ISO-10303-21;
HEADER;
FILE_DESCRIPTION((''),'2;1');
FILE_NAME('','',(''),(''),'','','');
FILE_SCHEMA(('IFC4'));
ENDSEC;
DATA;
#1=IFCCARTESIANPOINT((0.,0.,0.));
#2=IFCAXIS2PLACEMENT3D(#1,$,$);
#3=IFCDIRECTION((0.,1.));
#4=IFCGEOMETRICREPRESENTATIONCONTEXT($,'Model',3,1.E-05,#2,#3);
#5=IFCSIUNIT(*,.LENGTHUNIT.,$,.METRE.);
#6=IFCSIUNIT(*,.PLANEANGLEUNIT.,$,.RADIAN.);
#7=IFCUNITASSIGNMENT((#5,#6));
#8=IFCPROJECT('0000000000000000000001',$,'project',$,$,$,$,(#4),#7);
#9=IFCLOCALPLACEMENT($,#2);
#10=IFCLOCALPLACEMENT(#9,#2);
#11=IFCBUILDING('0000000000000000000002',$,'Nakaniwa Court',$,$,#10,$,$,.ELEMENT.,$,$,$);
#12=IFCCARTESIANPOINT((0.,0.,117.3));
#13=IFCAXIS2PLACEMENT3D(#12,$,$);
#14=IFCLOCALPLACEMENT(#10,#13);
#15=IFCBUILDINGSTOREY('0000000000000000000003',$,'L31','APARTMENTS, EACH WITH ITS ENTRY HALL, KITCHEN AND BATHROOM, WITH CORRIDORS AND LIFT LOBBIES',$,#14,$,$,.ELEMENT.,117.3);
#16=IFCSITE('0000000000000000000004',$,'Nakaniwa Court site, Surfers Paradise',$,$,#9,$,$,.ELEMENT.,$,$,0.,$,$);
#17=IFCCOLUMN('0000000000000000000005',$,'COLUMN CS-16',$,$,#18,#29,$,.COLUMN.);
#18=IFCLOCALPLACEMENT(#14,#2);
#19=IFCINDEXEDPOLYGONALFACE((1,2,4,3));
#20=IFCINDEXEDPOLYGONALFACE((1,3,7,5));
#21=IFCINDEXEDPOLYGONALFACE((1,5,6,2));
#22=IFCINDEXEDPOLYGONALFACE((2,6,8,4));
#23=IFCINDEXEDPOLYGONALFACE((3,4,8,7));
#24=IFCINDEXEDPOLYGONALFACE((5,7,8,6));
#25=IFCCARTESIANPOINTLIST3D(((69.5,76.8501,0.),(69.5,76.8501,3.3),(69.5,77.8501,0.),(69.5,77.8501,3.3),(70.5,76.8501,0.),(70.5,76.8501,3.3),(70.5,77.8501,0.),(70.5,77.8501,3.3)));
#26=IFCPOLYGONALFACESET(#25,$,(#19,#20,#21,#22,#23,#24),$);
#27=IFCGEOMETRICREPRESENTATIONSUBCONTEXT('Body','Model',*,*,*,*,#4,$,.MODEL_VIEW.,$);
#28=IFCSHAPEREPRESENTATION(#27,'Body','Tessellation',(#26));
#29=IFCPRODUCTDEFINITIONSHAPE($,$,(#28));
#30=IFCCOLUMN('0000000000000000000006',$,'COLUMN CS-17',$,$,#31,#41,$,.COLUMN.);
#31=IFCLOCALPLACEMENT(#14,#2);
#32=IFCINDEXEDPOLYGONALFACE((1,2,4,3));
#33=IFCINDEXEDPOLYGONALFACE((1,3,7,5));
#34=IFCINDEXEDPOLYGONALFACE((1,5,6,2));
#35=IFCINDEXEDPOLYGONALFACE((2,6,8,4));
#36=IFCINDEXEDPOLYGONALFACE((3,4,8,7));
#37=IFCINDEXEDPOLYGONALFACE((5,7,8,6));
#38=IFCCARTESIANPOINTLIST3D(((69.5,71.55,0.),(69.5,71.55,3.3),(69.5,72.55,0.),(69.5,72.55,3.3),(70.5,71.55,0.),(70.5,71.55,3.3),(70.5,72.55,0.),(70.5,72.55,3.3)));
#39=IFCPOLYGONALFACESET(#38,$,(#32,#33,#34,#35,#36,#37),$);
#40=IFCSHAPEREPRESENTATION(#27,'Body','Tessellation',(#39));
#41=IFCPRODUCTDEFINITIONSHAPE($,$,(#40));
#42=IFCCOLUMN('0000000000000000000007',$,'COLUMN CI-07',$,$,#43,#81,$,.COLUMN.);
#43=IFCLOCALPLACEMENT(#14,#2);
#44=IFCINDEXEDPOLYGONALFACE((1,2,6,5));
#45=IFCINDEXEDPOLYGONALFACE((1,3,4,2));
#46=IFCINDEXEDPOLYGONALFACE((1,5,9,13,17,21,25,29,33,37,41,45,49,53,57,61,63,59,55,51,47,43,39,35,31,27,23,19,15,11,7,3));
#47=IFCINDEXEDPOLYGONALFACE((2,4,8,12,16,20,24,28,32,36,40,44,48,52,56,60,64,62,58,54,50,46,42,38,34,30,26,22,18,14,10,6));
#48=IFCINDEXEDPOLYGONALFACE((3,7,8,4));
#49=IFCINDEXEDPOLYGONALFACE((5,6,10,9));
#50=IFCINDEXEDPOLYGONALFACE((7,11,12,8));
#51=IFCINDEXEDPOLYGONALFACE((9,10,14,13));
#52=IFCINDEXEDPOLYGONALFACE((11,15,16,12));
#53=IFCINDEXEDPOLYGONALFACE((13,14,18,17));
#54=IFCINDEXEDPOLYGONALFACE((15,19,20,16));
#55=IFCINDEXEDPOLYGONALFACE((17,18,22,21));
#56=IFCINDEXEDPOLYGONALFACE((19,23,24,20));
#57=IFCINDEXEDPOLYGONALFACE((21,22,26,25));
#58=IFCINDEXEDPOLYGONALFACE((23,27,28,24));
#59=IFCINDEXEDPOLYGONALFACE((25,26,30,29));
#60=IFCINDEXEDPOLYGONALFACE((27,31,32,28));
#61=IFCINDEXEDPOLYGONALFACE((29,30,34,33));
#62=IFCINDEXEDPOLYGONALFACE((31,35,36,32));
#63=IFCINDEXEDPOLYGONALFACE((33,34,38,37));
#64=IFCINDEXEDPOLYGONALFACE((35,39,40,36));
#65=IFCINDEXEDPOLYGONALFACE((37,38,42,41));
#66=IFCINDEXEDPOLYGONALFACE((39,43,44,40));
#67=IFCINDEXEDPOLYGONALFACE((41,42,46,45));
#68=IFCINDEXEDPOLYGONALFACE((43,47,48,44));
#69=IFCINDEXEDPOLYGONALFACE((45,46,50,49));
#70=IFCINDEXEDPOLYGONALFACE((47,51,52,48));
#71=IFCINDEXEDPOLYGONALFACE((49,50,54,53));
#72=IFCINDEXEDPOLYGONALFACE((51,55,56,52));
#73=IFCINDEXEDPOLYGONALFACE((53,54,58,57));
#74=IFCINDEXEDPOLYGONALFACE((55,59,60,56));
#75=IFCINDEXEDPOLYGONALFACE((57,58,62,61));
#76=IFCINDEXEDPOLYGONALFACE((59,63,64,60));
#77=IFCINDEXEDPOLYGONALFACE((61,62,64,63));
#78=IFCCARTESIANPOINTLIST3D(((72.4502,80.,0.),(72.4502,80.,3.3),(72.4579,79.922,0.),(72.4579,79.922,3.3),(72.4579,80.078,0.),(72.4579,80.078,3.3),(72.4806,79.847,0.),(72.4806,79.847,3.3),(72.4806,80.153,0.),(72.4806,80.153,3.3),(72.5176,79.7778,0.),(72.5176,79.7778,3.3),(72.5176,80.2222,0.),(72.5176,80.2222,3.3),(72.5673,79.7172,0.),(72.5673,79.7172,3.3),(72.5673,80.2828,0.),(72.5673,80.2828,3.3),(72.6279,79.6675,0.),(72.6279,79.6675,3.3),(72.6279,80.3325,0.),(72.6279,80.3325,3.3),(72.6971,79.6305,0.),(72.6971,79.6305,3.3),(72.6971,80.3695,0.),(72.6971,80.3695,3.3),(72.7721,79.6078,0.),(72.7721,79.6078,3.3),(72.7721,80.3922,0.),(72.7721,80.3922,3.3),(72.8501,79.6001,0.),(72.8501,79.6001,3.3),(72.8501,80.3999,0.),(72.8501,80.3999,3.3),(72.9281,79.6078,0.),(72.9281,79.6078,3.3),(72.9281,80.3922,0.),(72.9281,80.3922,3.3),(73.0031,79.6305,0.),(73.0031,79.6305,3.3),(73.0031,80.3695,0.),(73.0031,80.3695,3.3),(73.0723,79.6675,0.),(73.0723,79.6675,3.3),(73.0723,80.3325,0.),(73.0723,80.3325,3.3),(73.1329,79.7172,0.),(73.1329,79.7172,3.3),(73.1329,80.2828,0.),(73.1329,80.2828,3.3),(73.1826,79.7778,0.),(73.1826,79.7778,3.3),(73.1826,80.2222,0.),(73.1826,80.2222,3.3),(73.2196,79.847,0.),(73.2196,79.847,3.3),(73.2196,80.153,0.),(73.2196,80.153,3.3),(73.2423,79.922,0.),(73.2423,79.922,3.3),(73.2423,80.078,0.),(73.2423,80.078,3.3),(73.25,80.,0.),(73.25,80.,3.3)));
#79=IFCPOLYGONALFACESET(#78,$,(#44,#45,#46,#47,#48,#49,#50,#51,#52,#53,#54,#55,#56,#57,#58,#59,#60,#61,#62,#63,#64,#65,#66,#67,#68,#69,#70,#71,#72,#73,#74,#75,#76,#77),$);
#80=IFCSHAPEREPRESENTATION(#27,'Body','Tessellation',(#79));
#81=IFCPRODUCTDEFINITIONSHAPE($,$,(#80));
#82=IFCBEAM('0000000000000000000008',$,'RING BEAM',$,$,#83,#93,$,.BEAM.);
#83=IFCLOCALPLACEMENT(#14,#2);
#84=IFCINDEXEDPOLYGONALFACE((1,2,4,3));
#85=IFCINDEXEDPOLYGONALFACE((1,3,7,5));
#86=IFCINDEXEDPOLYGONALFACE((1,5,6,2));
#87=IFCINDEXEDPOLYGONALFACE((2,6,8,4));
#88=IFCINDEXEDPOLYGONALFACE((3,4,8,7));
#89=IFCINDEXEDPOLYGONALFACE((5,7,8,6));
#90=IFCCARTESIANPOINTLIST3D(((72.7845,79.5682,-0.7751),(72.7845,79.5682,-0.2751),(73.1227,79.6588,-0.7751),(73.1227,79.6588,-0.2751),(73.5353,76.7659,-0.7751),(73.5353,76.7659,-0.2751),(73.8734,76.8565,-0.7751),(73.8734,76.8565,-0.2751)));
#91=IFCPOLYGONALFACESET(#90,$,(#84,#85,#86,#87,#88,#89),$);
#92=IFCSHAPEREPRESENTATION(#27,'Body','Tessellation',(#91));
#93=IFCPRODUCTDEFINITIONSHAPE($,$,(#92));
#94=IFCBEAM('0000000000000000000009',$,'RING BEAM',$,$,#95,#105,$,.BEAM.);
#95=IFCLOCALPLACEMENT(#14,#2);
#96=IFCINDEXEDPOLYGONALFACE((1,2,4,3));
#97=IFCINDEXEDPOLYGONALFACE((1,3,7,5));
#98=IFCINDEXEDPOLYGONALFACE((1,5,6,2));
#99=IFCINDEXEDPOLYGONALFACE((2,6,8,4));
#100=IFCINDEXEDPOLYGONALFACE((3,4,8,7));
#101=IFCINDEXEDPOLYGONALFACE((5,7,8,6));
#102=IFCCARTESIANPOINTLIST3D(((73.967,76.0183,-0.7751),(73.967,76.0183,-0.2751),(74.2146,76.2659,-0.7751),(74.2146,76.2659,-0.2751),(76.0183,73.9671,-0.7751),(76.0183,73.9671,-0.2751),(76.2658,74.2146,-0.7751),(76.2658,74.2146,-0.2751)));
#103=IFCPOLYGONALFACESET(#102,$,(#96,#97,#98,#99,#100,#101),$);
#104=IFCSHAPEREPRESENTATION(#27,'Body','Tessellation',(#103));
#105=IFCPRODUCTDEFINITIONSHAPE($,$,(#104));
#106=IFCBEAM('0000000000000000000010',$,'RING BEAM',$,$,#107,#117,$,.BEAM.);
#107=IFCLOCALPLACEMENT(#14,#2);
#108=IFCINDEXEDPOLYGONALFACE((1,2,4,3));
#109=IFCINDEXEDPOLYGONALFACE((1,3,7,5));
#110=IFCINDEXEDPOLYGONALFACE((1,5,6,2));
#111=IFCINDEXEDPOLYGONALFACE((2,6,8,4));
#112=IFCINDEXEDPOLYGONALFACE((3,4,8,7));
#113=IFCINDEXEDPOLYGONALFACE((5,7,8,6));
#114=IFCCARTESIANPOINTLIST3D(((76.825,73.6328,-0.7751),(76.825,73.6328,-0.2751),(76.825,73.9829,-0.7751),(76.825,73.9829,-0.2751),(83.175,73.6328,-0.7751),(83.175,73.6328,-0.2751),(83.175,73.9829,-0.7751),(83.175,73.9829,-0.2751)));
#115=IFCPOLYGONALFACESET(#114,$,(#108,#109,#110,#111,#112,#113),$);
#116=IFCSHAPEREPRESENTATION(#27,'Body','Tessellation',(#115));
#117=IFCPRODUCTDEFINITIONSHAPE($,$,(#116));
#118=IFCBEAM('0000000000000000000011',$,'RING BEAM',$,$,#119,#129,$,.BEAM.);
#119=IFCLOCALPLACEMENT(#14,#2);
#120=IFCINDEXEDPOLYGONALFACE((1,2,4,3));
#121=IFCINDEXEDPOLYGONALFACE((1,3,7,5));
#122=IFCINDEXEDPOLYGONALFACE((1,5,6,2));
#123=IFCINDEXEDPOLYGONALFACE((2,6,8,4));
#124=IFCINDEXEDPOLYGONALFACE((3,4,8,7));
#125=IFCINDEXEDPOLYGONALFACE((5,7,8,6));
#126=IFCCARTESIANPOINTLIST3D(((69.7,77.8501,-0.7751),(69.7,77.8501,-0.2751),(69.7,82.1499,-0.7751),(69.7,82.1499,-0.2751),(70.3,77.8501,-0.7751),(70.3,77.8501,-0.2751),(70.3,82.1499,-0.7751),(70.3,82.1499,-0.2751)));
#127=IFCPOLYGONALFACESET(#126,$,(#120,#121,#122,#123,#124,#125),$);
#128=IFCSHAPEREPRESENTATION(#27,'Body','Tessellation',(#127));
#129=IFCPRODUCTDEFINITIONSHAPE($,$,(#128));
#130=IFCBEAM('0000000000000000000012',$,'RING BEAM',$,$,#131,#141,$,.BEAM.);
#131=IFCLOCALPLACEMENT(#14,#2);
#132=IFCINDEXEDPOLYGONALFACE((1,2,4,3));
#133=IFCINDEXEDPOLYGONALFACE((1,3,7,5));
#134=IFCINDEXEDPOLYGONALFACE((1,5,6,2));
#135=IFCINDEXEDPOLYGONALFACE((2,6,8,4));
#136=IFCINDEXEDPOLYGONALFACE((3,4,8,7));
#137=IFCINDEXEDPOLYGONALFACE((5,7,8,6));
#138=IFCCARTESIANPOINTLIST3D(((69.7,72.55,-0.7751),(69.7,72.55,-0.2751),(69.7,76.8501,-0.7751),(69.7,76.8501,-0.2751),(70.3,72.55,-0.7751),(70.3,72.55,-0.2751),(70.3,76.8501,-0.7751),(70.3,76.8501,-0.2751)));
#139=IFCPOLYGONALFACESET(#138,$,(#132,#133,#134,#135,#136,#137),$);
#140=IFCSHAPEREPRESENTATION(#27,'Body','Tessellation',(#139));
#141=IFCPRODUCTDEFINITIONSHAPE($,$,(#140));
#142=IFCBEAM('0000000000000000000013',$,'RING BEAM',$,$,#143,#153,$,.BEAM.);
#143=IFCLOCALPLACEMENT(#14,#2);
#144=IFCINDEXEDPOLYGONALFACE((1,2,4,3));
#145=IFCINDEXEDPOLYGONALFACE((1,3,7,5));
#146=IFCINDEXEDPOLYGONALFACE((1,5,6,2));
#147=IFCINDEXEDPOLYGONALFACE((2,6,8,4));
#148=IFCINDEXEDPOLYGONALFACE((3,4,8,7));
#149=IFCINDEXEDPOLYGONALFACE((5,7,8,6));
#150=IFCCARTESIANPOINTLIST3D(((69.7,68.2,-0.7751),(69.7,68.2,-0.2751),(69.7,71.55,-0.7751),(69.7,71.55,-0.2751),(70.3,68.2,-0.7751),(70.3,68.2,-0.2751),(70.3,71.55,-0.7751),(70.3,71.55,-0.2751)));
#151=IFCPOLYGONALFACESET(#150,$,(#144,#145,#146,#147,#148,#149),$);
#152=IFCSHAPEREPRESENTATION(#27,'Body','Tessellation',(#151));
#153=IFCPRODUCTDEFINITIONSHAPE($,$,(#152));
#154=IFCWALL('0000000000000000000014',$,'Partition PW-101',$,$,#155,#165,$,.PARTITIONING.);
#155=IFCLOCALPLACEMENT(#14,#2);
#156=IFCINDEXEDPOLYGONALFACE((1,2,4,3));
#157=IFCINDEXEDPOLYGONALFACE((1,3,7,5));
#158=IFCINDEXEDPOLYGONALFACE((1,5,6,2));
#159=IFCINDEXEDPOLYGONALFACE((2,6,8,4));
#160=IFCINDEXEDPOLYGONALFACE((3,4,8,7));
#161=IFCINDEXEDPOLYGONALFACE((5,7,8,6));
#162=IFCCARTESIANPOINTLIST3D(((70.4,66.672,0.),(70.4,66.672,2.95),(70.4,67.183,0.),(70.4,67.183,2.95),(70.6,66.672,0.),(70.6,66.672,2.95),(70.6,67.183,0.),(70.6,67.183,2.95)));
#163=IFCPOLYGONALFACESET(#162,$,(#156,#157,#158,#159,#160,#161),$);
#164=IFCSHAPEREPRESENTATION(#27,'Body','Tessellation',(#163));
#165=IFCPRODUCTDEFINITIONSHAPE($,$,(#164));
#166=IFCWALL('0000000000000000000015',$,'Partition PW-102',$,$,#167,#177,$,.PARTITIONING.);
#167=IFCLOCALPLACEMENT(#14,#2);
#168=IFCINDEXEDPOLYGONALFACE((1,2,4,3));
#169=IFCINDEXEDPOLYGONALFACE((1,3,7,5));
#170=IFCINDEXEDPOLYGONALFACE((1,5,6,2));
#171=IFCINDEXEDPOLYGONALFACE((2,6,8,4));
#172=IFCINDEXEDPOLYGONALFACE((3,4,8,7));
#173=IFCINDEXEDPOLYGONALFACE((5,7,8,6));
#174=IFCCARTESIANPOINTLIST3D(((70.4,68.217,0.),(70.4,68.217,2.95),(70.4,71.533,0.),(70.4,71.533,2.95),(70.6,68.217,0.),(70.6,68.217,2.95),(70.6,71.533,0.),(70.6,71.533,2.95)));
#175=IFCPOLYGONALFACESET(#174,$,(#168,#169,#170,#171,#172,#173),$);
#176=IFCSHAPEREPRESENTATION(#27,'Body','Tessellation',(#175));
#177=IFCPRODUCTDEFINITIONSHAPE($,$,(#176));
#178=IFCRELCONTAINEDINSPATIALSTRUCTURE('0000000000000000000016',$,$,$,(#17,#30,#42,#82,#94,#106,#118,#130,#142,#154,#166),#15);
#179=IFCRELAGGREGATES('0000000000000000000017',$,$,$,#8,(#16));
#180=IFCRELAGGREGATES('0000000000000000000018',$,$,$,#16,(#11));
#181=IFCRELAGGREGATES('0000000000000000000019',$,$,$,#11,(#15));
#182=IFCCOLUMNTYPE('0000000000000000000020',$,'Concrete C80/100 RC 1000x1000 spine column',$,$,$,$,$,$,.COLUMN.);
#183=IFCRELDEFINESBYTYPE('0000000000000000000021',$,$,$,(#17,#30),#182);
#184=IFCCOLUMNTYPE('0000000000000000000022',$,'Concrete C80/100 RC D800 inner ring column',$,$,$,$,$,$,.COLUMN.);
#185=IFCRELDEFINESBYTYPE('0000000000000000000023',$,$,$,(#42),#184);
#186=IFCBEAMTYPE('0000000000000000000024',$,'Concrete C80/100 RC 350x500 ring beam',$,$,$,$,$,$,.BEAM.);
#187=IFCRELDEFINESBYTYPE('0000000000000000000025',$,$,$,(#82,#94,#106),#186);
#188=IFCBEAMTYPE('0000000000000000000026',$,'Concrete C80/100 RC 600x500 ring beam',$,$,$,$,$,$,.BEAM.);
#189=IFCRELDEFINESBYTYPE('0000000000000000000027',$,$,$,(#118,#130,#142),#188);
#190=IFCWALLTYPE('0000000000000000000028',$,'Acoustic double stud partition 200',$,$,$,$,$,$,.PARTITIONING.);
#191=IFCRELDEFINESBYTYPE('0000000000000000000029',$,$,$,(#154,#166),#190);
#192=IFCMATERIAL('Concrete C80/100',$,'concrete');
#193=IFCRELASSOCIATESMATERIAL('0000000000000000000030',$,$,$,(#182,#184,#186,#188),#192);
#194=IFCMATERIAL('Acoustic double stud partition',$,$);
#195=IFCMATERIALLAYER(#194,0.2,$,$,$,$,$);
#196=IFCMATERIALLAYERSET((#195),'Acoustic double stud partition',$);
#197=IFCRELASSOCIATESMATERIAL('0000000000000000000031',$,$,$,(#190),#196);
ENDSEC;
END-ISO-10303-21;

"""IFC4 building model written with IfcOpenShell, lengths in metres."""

from ifc_helpers import new_model, si_unit, direction, frame, frame_2d, origin, origin_2d, place, context, subcontext, project, spatial, rectangle, circle, extrude, material, layer, layer_set, material_profile, profile_set, type_object, element, save


model = new_model("IFC4")

# Units and contexts
model_context = context("Model", 3, precision=1e-05, world=origin(), true_north=direction((0.0, 1.0)))
body_context = subcontext(model_context, "Body", "Model", "MODEL_VIEW")
ifc_project = project(units=[si_unit("LENGTHUNIT", "METRE"), si_unit("PLANEANGLEUNIT", "RADIAN")], contexts=[model_context])

# Site, building, storey
site_placement = place(None, origin())
site = spatial("IfcSite", under=ifc_project, at=site_placement, Name="Nakaniwa Court site, Surfers Paradise", CompositionType="ELEMENT", RefElevation=0.0)
building_placement = place(site_placement, origin())
building = spatial("IfcBuilding", under=site, at=building_placement, Name="Nakaniwa Court", CompositionType="ELEMENT")
storey_placement = place(building_placement, frame((0.0, 0.0, 117.3)))
storey = spatial("IfcBuildingStorey", under=building, at=storey_placement, Name="L31", Description="APARTMENTS, EACH WITH ITS ENTRY HALL, KITCHEN AND BATHROOM, WITH CORRIDORS AND LIFT LOBBIES", CompositionType="ELEMENT", Elevation=117.3)

# Columns
ifc_material_1 = material(Name="Concrete C80/100", Category="concrete")
ifc_material_profile_1 = material_profile(ifc_material_1, rectangle(XDim=1.0, YDim=1.0, at=origin_2d()), Name="Concrete C80/100 RC 1000x1000 spine column")
ifc_profile_set_1 = profile_set([ifc_material_profile_1], Name="Concrete C80/100")
column_type_1 = type_object("IfcColumnType", Name="Concrete C80/100 RC 1000x1000 spine column", PredefinedType="COLUMN", material=ifc_profile_set_1)
for number, where, z_axis, x_axis, name in (
    (1, (70.0, 77.3501, 0.0), (0.0, 0.0, 1.0), (0.0, -1.0, 0.0), "COLUMN CS-16"),
    (2, (70.0, 72.05, 0.0), (0.0, 0.0, 1.0), (0.0, -1.0, 0.0), "COLUMN CS-17"),
):
    element("IfcColumn", number, at=place(storey_placement, frame(where, z_axis=z_axis, x_axis=x_axis)), inside=storey, type_object=column_type_1, Name=name, PredefinedType="COLUMN", context=body_context, shape_type="SweptSolid", body=[
        extrude(rectangle(XDim=1.0, YDim=1.0, at=origin_2d()), origin(), (0.0, 0.0, 1.0), 3.3),
    ])
ifc_material_profile_2 = material_profile(ifc_material_1, circle(Radius=0.3999, at=origin_2d()), Name="Concrete C80/100 RC D800 inner ring column")
ifc_profile_set_2 = profile_set([ifc_material_profile_2], Name="Concrete C80/100")
column_type_2 = type_object("IfcColumnType", Name="Concrete C80/100 RC D800 inner ring column", PredefinedType="COLUMN", material=ifc_profile_set_2)
for number, where, z_axis, x_axis, name in (
    (3, (72.8501, 80.0, 0.0), (0.0, 0.0, 1.0), (0.0, -1.0, 0.0), "COLUMN CI-07"),
):
    element("IfcColumn", number, at=place(storey_placement, frame(where, z_axis=z_axis, x_axis=x_axis)), inside=storey, type_object=column_type_2, Name=name, PredefinedType="COLUMN", context=body_context, shape_type="SweptSolid", body=[
        extrude(circle(Radius=0.3999, at=origin_2d()), origin(), (0.0, 0.0, 1.0), 3.3),
    ])

# Beams
ifc_material_profile_3 = material_profile(ifc_material_1, rectangle(XDim=0.3501, YDim=0.5, at=origin_2d()), Name="Concrete C80/100 RC 350x500 ring beam")
ifc_profile_set_3 = profile_set([ifc_material_profile_3], Name="Concrete C80/100")
beam_type_1 = type_object("IfcBeamType", Name="Concrete C80/100 RC 350x500 ring beam", PredefinedType="BEAM", material=ifc_profile_set_3)
beam_1_placement = place(storey_placement, frame((72.9536, 79.6135, -0.5251), z_axis=(0.258778, -0.965937, 0.0), x_axis=(0.965937, 0.258778, 0.0)))
element("IfcBeam", 4, at=beam_1_placement, inside=storey, type_object=beam_type_1, Name="RING BEAM", PredefinedType="BEAM", context=body_context, shape_type="SweptSolid", body=[
    extrude(rectangle(XDim=0.3501, YDim=0.5, at=origin_2d()), origin(), (0.0, 0.0, 1.0), 2.9011),
])
beam_2_placement = place(storey_placement, frame((74.0908, 76.1421, -0.5251), z_axis=(0.707107, -0.707107, 0.0), x_axis=(0.707107, 0.707107, 0.0)))
element("IfcBeam", 5, at=beam_2_placement, inside=storey, type_object=beam_type_1, Name="RING BEAM", PredefinedType="BEAM", context=body_context, shape_type="SweptSolid", body=[
    extrude(rectangle(XDim=0.3501, YDim=0.5, at=origin_2d()), origin(), (0.0, 0.0, 1.0), 2.9009),
])
beam_3_placement = place(storey_placement, frame((76.825, 73.8079, -0.5251), z_axis=(1.0, 0.0, 0.0), x_axis=(0.0, 1.0, 0.0)))
element("IfcBeam", 6, at=beam_3_placement, inside=storey, type_object=beam_type_1, Name="RING BEAM", PredefinedType="BEAM", context=body_context, shape_type="SweptSolid", body=[
    extrude(rectangle(XDim=0.3501, YDim=0.5, at=origin_2d()), origin(), (0.0, 0.0, 1.0), 6.3501),
])
ifc_material_profile_4 = material_profile(ifc_material_1, rectangle(XDim=0.6001, YDim=0.5, at=origin_2d()), Name="Concrete C80/100 RC 600x500 ring beam")
ifc_profile_set_4 = profile_set([ifc_material_profile_4], Name="Concrete C80/100")
beam_type_2 = type_object("IfcBeamType", Name="Concrete C80/100 RC 600x500 ring beam", PredefinedType="BEAM", material=ifc_profile_set_4)
beam_4_placement = place(storey_placement, frame((70.0, 82.1499, -0.5251), z_axis=(0.0, -1.0, 0.0), x_axis=(1.0, 0.0, 0.0)))
element("IfcBeam", 7, at=beam_4_placement, inside=storey, type_object=beam_type_2, Name="RING BEAM", PredefinedType="BEAM", context=body_context, shape_type="SweptSolid", body=[
    extrude(rectangle(XDim=0.6001, YDim=0.5, at=origin_2d()), origin(), (0.0, 0.0, 1.0), 4.2998),
])
beam_5_placement = place(storey_placement, frame((70.0, 76.8501, -0.5251), z_axis=(0.0, -1.0, 0.0), x_axis=(1.0, 0.0, 0.0)))
element("IfcBeam", 8, at=beam_5_placement, inside=storey, type_object=beam_type_2, Name="RING BEAM", PredefinedType="BEAM", context=body_context, shape_type="SweptSolid", body=[
    extrude(rectangle(XDim=0.6001, YDim=0.5, at=origin_2d()), origin(), (0.0, 0.0, 1.0), 4.3),
])
beam_6_placement = place(storey_placement, frame((70.0, 71.55, -0.5251), z_axis=(0.0, -1.0, 0.0), x_axis=(1.0, 0.0, 0.0)))
element("IfcBeam", 9, at=beam_6_placement, inside=storey, type_object=beam_type_2, Name="RING BEAM", PredefinedType="BEAM", context=body_context, shape_type="SweptSolid", body=[
    extrude(rectangle(XDim=0.6001, YDim=0.5, at=origin_2d()), origin(), (0.0, 0.0, 1.0), 3.3501),
])

# Walls
ifc_material_2 = material(Name="Acoustic double stud partition")
ifc_layer_1 = layer(ifc_material_2, 0.2)
ifc_layer_set_1 = layer_set([ifc_layer_1], Name="Acoustic double stud partition")
wall_type_1 = type_object("IfcWallType", Name="Acoustic double stud partition 200", PredefinedType="PARTITIONING", material=ifc_layer_set_1)
wall_1_placement = place(storey_placement, frame((70.5, 66.6721, 0.0), z_axis=(0.0, 0.0, 1.0), x_axis=(0.0, 1.0, 0.0)))
element("IfcWall", 10, at=wall_1_placement, inside=storey, type_object=wall_type_1, Name="Partition PW-101", PredefinedType="PARTITIONING", context=body_context, shape_type="SweptSolid", body=[
    extrude(rectangle(XDim=0.511, YDim=0.2, at=frame_2d((0.2554, 0.0))), origin(), (0.0, 0.0, 1.0), 2.95),
])
wall_2_placement = place(storey_placement, frame((70.5, 68.217, 0.0), z_axis=(0.0, 0.0, 1.0), x_axis=(0.0, 1.0, 0.0)))
element("IfcWall", 11, at=wall_2_placement, inside=storey, type_object=wall_type_1, Name="Partition PW-102", PredefinedType="PARTITIONING", context=body_context, shape_type="SweptSolid", body=[
    extrude(rectangle(XDim=3.3159, YDim=0.2, at=frame_2d((1.658, 0.0))), origin(), (0.0, 0.0, 1.0), 2.95),
])

save(model, "model.ifc")
